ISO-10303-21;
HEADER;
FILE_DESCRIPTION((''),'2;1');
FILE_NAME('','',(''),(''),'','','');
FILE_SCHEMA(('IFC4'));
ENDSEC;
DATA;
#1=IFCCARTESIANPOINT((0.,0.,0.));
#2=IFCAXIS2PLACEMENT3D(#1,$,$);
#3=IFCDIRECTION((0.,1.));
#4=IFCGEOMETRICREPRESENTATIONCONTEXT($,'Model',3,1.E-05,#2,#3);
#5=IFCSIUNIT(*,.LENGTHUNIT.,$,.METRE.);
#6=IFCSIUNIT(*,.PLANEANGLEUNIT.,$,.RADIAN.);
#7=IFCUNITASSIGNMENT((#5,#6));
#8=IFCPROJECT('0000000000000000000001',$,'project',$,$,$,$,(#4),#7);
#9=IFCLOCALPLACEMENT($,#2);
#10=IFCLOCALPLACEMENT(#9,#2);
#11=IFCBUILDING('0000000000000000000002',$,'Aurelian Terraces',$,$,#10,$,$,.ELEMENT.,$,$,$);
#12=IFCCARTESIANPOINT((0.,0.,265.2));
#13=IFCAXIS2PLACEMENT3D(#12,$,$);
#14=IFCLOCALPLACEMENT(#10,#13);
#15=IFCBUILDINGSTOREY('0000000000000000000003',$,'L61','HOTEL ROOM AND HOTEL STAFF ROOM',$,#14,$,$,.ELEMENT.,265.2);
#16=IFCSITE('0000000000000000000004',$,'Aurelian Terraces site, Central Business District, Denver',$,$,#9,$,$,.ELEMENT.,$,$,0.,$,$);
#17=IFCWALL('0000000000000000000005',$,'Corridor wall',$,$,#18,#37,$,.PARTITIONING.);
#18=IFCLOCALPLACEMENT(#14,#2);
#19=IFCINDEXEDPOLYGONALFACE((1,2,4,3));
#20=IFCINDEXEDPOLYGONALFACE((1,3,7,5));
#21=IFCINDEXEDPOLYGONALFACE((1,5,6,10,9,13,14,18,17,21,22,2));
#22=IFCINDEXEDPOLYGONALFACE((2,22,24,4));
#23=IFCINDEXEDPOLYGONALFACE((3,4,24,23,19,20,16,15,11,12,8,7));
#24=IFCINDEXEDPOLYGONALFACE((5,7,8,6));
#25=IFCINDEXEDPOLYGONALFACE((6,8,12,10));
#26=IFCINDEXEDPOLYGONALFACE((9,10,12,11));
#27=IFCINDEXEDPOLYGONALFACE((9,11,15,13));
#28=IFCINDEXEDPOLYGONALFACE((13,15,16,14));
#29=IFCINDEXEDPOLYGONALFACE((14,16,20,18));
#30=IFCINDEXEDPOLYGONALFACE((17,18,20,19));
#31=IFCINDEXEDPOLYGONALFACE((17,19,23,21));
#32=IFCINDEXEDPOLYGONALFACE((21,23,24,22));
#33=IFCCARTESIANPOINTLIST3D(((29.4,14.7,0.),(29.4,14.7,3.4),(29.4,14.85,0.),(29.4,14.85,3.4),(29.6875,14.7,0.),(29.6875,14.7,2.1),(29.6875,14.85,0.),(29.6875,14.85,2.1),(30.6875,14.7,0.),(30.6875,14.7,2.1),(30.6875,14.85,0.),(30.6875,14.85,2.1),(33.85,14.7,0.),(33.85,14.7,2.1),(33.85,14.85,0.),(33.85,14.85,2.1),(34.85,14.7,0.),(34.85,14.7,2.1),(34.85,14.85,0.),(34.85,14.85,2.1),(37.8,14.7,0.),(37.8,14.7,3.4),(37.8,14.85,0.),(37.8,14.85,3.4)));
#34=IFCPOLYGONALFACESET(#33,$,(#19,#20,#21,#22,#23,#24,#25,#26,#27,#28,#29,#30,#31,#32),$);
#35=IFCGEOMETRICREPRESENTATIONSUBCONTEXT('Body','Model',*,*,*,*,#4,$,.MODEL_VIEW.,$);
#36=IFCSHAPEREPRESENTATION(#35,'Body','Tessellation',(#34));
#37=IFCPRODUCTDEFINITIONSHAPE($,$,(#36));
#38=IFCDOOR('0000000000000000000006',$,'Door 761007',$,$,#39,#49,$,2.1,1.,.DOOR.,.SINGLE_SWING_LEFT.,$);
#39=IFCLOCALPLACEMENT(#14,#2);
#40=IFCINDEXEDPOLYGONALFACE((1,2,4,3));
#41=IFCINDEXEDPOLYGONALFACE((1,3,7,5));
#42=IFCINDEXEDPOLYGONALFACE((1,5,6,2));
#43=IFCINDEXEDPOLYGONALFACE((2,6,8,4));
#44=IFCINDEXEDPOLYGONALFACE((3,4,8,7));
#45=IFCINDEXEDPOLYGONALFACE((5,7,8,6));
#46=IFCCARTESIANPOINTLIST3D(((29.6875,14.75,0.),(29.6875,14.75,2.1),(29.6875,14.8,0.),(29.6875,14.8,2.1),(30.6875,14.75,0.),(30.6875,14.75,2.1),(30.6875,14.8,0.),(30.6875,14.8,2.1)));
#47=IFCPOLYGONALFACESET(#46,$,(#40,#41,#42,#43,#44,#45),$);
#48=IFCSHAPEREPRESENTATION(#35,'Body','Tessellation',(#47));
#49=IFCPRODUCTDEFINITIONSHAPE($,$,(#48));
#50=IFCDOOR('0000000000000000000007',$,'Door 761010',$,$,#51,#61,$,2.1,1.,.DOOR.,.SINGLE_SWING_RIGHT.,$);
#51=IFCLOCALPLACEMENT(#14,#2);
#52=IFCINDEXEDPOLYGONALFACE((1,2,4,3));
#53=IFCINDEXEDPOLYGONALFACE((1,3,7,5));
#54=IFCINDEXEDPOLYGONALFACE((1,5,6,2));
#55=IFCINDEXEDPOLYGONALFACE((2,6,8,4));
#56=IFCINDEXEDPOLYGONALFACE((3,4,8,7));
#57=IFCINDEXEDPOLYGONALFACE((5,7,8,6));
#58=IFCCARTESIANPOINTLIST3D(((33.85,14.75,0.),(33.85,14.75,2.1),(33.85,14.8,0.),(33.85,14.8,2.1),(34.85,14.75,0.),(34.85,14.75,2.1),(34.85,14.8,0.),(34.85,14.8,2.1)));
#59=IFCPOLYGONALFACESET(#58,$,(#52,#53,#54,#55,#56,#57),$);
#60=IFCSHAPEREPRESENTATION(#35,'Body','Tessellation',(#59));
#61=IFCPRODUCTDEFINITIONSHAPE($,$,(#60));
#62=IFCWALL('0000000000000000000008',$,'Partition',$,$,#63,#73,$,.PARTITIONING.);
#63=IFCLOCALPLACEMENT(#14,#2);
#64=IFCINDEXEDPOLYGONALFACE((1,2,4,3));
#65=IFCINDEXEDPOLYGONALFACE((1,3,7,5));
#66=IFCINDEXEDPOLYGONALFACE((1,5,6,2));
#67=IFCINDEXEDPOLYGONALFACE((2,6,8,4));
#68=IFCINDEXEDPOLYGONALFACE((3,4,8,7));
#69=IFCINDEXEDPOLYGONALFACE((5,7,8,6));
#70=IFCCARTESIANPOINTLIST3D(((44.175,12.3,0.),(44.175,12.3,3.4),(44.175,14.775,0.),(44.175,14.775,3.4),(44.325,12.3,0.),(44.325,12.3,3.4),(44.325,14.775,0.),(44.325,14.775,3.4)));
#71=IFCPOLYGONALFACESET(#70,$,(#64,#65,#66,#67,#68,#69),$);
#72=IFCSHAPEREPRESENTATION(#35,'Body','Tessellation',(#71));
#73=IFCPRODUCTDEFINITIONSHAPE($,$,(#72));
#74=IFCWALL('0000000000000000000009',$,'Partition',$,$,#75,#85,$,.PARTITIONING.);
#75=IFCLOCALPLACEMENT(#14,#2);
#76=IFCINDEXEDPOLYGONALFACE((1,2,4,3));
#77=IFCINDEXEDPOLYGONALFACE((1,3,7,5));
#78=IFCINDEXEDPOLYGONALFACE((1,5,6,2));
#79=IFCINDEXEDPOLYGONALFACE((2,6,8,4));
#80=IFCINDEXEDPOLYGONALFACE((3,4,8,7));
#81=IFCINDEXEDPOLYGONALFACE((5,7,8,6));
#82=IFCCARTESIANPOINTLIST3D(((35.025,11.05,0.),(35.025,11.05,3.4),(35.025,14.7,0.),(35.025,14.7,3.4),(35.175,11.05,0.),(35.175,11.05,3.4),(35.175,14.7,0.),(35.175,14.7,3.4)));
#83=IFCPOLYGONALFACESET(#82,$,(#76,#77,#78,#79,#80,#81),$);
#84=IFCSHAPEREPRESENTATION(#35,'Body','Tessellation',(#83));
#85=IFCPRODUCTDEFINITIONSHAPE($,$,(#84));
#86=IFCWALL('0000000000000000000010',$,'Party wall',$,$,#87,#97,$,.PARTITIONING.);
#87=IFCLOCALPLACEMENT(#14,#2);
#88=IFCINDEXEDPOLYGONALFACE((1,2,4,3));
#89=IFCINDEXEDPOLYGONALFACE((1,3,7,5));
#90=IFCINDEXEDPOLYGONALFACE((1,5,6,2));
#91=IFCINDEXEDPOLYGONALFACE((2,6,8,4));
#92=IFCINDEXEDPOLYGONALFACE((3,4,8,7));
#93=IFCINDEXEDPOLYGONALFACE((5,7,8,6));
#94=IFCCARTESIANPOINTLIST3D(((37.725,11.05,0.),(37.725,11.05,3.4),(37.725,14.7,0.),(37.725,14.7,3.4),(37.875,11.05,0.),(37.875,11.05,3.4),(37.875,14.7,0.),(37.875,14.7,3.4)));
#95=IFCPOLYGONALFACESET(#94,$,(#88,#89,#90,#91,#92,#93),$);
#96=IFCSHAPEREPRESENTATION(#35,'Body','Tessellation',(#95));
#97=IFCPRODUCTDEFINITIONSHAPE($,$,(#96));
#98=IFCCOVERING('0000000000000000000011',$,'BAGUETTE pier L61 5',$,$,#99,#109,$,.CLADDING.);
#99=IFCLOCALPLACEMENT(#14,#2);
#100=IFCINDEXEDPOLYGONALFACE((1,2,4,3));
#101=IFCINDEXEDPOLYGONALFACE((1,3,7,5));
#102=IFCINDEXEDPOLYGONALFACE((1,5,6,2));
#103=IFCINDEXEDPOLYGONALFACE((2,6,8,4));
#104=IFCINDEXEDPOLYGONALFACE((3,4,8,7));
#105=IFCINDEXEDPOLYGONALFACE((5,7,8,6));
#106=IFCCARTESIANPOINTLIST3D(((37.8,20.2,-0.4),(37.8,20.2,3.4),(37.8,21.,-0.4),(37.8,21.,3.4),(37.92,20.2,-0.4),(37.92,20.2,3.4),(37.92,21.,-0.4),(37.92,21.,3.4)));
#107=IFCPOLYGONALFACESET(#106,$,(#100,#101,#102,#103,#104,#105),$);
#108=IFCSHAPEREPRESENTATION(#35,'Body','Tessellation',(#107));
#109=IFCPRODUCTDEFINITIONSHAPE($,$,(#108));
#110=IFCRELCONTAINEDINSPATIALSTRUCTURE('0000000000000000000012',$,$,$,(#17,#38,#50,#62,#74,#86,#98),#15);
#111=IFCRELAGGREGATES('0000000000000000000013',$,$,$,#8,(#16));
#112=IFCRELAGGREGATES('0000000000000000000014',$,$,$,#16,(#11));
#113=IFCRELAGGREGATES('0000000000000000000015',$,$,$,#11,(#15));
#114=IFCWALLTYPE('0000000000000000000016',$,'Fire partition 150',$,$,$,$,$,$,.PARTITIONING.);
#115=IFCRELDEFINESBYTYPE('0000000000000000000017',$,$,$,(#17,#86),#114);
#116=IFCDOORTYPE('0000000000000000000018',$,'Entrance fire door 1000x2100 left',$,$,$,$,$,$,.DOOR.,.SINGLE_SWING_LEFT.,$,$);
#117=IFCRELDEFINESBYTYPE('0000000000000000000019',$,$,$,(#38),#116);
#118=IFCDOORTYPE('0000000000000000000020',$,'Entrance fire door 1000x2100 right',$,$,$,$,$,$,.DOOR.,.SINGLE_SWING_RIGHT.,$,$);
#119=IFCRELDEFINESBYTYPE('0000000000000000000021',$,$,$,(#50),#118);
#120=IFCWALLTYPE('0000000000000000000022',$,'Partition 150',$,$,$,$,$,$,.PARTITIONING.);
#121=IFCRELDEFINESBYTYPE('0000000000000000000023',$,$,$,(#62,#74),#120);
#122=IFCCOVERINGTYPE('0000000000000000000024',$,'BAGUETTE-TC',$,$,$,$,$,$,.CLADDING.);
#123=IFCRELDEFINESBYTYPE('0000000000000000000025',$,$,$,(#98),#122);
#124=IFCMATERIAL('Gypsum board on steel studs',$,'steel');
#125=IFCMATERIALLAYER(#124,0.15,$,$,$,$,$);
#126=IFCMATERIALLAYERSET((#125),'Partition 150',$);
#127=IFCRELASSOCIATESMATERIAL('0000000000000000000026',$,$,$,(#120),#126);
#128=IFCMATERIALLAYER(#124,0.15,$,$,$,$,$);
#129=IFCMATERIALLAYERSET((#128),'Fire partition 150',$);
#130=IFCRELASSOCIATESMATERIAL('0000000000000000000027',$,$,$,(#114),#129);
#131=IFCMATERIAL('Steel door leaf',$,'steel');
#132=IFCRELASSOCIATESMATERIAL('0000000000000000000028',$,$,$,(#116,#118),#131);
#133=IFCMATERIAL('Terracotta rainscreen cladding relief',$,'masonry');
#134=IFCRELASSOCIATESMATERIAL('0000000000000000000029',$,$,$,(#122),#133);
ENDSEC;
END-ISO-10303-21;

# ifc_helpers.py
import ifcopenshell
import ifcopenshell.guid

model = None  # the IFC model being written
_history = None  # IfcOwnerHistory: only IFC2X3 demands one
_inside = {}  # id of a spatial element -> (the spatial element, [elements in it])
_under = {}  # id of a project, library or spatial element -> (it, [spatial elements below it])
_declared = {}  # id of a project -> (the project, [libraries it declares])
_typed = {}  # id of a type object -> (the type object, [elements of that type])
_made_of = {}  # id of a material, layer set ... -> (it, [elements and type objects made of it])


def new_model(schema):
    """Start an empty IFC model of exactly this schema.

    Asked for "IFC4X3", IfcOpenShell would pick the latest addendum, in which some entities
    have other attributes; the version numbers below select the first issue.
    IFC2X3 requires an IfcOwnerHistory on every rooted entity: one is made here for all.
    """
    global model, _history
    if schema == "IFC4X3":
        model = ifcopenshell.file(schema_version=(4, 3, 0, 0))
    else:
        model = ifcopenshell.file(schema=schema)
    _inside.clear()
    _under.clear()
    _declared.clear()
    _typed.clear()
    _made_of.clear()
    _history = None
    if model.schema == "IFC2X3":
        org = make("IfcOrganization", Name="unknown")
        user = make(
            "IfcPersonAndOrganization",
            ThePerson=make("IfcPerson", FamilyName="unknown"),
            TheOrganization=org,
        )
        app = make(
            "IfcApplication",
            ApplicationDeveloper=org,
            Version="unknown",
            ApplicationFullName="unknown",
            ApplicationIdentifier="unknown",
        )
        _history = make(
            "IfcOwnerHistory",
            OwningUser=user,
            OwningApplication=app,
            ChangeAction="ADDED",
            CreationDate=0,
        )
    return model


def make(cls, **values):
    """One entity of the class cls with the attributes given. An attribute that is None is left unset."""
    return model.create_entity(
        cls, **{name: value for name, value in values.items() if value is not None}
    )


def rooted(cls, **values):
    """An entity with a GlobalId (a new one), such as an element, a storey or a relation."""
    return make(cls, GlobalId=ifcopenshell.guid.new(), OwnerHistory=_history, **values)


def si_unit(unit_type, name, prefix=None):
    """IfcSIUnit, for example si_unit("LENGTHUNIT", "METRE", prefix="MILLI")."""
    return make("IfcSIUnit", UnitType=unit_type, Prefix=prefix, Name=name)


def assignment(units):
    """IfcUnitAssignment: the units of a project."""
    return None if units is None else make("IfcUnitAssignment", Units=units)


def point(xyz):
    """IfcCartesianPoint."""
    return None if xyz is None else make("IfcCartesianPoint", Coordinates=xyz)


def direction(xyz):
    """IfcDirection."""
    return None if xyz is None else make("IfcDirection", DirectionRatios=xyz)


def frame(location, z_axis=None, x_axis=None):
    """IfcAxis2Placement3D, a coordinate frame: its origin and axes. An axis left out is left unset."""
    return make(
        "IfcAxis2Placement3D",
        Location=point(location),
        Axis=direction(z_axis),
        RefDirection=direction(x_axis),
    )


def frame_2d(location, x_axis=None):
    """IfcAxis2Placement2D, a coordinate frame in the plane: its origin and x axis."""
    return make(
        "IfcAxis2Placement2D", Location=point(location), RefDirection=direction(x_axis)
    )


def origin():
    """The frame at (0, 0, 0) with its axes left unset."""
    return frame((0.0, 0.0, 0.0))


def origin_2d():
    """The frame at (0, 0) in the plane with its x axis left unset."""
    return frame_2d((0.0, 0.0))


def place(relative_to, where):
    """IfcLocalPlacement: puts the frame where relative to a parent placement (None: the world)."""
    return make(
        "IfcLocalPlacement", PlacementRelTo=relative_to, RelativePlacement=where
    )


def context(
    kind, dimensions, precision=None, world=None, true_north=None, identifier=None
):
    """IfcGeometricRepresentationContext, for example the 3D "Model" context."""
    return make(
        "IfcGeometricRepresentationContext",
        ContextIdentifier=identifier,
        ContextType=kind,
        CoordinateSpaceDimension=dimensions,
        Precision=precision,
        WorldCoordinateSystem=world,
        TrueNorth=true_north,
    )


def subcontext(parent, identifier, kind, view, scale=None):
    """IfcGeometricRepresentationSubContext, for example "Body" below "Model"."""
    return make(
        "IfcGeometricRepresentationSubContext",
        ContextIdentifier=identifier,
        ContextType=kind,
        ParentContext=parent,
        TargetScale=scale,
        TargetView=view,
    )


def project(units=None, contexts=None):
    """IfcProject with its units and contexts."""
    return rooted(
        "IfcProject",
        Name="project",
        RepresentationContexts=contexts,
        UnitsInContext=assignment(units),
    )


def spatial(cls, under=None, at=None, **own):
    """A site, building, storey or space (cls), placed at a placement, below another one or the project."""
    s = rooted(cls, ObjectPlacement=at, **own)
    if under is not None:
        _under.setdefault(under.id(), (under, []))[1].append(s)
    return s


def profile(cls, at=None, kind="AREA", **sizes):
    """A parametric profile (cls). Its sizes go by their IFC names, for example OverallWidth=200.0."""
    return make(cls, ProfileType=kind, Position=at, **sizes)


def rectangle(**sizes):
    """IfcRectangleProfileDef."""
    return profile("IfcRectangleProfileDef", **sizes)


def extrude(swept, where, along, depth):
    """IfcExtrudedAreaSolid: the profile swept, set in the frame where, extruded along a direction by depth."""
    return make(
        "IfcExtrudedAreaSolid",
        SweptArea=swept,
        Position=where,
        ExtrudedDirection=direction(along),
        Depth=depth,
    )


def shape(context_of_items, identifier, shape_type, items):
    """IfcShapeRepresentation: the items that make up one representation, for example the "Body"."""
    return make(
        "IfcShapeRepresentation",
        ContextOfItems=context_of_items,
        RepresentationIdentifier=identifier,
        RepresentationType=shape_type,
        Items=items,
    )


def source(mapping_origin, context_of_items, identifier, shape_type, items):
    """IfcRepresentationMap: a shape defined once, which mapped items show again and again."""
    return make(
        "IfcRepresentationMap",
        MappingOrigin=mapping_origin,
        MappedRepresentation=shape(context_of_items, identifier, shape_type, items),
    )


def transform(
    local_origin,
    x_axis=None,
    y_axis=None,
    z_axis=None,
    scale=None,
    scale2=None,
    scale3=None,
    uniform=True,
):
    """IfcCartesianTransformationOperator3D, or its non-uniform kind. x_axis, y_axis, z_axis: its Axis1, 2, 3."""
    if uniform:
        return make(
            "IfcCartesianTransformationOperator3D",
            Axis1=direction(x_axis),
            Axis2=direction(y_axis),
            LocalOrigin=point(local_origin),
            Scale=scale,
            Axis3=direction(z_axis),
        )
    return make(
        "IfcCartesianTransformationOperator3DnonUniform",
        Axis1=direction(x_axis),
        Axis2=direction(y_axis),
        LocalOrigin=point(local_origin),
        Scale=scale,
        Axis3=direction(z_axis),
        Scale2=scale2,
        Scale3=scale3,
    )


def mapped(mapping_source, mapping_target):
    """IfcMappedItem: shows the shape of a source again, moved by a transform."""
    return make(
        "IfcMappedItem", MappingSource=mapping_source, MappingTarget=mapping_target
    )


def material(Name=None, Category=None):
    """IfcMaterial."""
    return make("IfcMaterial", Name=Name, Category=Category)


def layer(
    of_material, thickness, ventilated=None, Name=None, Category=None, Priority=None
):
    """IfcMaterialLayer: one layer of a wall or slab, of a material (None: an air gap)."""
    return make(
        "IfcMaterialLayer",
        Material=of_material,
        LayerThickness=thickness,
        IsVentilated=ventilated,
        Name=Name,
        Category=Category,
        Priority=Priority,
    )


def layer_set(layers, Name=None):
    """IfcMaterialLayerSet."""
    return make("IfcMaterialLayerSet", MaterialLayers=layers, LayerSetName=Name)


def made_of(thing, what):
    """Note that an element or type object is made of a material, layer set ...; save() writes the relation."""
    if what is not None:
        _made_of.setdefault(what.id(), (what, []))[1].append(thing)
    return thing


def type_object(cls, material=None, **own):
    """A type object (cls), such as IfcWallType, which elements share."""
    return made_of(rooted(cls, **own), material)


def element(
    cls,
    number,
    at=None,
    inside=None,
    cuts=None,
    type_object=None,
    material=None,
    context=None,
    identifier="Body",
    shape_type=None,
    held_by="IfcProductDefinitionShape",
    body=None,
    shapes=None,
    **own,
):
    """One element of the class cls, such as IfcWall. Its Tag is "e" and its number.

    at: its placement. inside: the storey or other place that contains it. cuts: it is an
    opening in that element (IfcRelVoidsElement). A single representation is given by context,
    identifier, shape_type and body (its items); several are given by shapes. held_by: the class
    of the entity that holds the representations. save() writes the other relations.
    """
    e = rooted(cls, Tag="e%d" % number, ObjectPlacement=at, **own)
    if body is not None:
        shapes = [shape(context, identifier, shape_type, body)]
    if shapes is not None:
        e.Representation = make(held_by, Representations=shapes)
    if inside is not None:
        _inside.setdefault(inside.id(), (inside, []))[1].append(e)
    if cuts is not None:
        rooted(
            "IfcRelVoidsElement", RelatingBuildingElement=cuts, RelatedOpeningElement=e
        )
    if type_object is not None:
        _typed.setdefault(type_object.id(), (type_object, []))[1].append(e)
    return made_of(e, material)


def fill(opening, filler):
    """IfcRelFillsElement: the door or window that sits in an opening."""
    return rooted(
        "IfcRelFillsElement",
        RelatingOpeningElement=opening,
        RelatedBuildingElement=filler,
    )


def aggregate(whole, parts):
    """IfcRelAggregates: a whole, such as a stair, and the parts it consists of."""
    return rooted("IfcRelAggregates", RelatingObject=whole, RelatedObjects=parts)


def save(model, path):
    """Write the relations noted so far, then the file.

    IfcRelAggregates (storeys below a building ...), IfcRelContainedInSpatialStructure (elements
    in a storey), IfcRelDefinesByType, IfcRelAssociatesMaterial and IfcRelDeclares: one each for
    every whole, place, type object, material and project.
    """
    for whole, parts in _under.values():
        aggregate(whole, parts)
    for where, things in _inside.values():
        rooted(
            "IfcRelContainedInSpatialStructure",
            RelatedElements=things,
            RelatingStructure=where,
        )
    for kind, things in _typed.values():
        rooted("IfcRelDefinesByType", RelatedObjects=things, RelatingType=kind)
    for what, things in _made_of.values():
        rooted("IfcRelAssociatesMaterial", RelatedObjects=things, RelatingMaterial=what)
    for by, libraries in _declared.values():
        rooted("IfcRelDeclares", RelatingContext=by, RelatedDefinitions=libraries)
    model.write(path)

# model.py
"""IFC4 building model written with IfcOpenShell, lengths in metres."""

from ifc_helpers import new_model, si_unit, direction, frame, frame_2d, origin, origin_2d, place, context, subcontext, project, spatial, rectangle, extrude, source, transform, mapped, material, layer, layer_set, type_object, element, fill, save


model = new_model("IFC4")

# Units and contexts
model_context = context("Model", 3, precision=1e-05, world=origin(), true_north=direction((0.0, 1.0)))
body_context = subcontext(model_context, "Body", "Model", "MODEL_VIEW")
ifc_project = project(units=[si_unit("LENGTHUNIT", "METRE"), si_unit("PLANEANGLEUNIT", "RADIAN")], contexts=[model_context])

# Site, building, storey
site_placement = place(None, origin())
site = spatial("IfcSite", under=ifc_project, at=site_placement, Name="Aurelian Terraces site, Central Business District, Denver", CompositionType="ELEMENT", RefElevation=0.0)
building_placement = place(site_placement, origin())
building = spatial("IfcBuilding", under=site, at=building_placement, Name="Aurelian Terraces", CompositionType="ELEMENT")
storey_placement = place(building_placement, frame((0.0, 0.0, 265.2)))
storey = spatial("IfcBuildingStorey", under=building, at=storey_placement, Name="L61", Description="HOTEL ROOM AND HOTEL STAFF ROOM", CompositionType="ELEMENT", Elevation=265.2)

# Shared definitions
ifc_material_1 = material(Name="Gypsum board on steel studs", Category="steel")
ifc_layer_1 = layer(ifc_material_1, 0.15)
ifc_layer_set_1 = layer_set([ifc_layer_1], Name="Partition 150")
wall_type_1 = type_object("IfcWallType", Name="Partition 150", PredefinedType="PARTITIONING", material=ifc_layer_set_1)
ifc_layer_2 = layer(ifc_material_1, 0.15)
ifc_layer_set_2 = layer_set([ifc_layer_2], Name="Fire partition 150")
wall_type_2 = type_object("IfcWallType", Name="Fire partition 150", PredefinedType="PARTITIONING", material=ifc_layer_set_2)

# Wall, openings, doors
shared_shape_1 = source(origin(), body_context, "Body", "SweptSolid", [
    extrude(rectangle(XDim=8.4, YDim=0.15, at=frame_2d((4.2, 0.0))), origin(), (0.0, 0.0, 1.0), 3.4),
])
wall_1_placement = place(storey_placement, frame((37.8, 14.775, 0.0), z_axis=(0.0, 0.0, 1.0), x_axis=(-1.0, 0.0, 0.0)))
wall_1 = element("IfcWall", 1, at=wall_1_placement, inside=storey, type_object=wall_type_2, Name="Corridor wall", PredefinedType="PARTITIONING", context=body_context, shape_type="MappedRepresentation", body=[
    mapped(shared_shape_1, transform((0.0, 0.0, 0.0), scale=1.0)),
])
shared_shape_2 = source(origin(), body_context, "Body", "SweptSolid", [
    extrude(rectangle(XDim=1.0, YDim=2.1, at=frame_2d((0.5, 1.05))), frame((0.0, 0.085, 0.0), z_axis=(0.0, -1.0, 0.0), x_axis=(1.0, 0.0, 0.0)), (0.0, 0.0, 1.0), 0.17),
])
opening_1_placement = place(wall_1_placement, frame((7.1125, 0.0, 0.0)))
opening_1 = element("IfcOpeningElement", 2, at=opening_1_placement, cuts=wall_1, PredefinedType="OPENING", context=body_context, shape_type="MappedRepresentation", body=[
    mapped(shared_shape_2, transform((0.0, 0.0, 0.0), scale=1.0)),
])
opening_2_placement = place(wall_1_placement, frame((2.95, 0.0, 0.0)))
opening_2 = element("IfcOpeningElement", 3, at=opening_2_placement, cuts=wall_1, PredefinedType="OPENING", context=body_context, shape_type="MappedRepresentation", body=[
    mapped(shared_shape_2, transform((0.0, 0.0, 0.0), scale=1.0)),
])
ifc_material_2 = material(Name="Steel door leaf", Category="steel")
door_type_1 = type_object("IfcDoorType", Name="Entrance fire door 1000x2100 left", OperationType="SINGLE_SWING_LEFT", PredefinedType="DOOR", material=ifc_material_2)
shared_shape_3 = source(origin(), body_context, "Body", "SweptSolid", [
    extrude(rectangle(XDim=1.0, YDim=2.1, at=frame_2d((0.5, 1.05))), frame((0.0, 0.025, 0.0), z_axis=(0.0, -1.0, 0.0), x_axis=(1.0, 0.0, 0.0)), (0.0, 0.0, 1.0), 0.05),
])
door_1_placement = place(opening_1_placement, origin())
door_1 = element("IfcDoor", 4, at=door_1_placement, inside=storey, type_object=door_type_1, Name="Door 761007", OperationType="SINGLE_SWING_LEFT", OverallHeight=2.1, OverallWidth=1.0, PredefinedType="DOOR", context=body_context, shape_type="MappedRepresentation", body=[
    mapped(shared_shape_3, transform((0.0, 0.0, 0.0), scale=1.0)),
])
fill(opening_1, door_1)
door_type_2 = type_object("IfcDoorType", Name="Entrance fire door 1000x2100 right", OperationType="SINGLE_SWING_RIGHT", PredefinedType="DOOR", material=ifc_material_2)
door_2_placement = place(opening_2_placement, origin())
door_2 = element("IfcDoor", 5, at=door_2_placement, inside=storey, type_object=door_type_2, Name="Door 761010", OperationType="SINGLE_SWING_RIGHT", OverallHeight=2.1, OverallWidth=1.0, PredefinedType="DOOR", context=body_context, shape_type="MappedRepresentation", body=[
    mapped(shared_shape_3, transform((0.0, 0.0, 0.0), scale=1.0)),
])
fill(opening_2, door_2)

# Walls
shared_shape_4 = source(origin(), body_context, "Body", "SweptSolid", [
    extrude(rectangle(XDim=2.475, YDim=0.15, at=frame_2d((1.2375, 0.0))), origin(), (0.0, 0.0, 1.0), 3.4),
])
wall_2_placement = place(storey_placement, frame((44.25, 12.3, 0.0), z_axis=(0.0, 0.0, 1.0), x_axis=(0.0, 1.0, 0.0)))
element("IfcWall", 6, at=wall_2_placement, inside=storey, type_object=wall_type_1, Name="Partition", PredefinedType="PARTITIONING", context=body_context, shape_type="MappedRepresentation", body=[
    mapped(shared_shape_4, transform((0.0, 0.0, 0.0), scale=1.0)),
])
shared_shape_5 = source(origin(), body_context, "Body", "SweptSolid", [
    extrude(rectangle(XDim=3.65, YDim=0.15, at=frame_2d((1.825, 0.0))), origin(), (0.0, 0.0, 1.0), 3.4),
])
wall_3_placement = place(storey_placement, frame((35.1, 11.05, 0.0), z_axis=(0.0, 0.0, 1.0), x_axis=(0.0, 1.0, 0.0)))
element("IfcWall", 7, at=wall_3_placement, inside=storey, type_object=wall_type_1, Name="Partition", PredefinedType="PARTITIONING", context=body_context, shape_type="MappedRepresentation", body=[
    mapped(shared_shape_5, transform((0.0, 0.0, 0.0), scale=1.0)),
])
wall_4_placement = place(storey_placement, frame((37.8, 11.05, 0.0), z_axis=(0.0, 0.0, 1.0), x_axis=(0.0, 1.0, 0.0)))
element("IfcWall", 8, at=wall_4_placement, inside=storey, type_object=wall_type_2, Name="Party wall", PredefinedType="PARTITIONING", context=body_context, shape_type="MappedRepresentation", body=[
    mapped(shared_shape_5, transform((0.0, 0.0, 0.0), scale=1.0)),
])

# Covering
ifc_material_3 = material(Name="Terracotta rainscreen cladding relief", Category="masonry")
covering_type = type_object("IfcCoveringType", Name="BAGUETTE-TC", PredefinedType="CLADDING", material=ifc_material_3)
shared_shape_6 = source(origin(), body_context, "Body", "SweptSolid", [
    extrude(rectangle(XDim=0.12, YDim=0.8, at=origin_2d()), origin(), (0.0, 0.0, 1.0), 3.8),
])
covering_placement = place(storey_placement, frame((37.86, 20.6, -0.4), z_axis=(0.0, 0.0, 1.0), x_axis=(1.0, 0.0, 0.0)))
element("IfcCovering", 9, at=covering_placement, inside=storey, type_object=covering_type, Name="BAGUETTE pier L61 5", PredefinedType="CLADDING", context=body_context, shape_type="MappedRepresentation", body=[
    mapped(shared_shape_6, transform((0.0, 0.0, 0.0), scale=1.0)),
])

save(model, "model.ifc")
